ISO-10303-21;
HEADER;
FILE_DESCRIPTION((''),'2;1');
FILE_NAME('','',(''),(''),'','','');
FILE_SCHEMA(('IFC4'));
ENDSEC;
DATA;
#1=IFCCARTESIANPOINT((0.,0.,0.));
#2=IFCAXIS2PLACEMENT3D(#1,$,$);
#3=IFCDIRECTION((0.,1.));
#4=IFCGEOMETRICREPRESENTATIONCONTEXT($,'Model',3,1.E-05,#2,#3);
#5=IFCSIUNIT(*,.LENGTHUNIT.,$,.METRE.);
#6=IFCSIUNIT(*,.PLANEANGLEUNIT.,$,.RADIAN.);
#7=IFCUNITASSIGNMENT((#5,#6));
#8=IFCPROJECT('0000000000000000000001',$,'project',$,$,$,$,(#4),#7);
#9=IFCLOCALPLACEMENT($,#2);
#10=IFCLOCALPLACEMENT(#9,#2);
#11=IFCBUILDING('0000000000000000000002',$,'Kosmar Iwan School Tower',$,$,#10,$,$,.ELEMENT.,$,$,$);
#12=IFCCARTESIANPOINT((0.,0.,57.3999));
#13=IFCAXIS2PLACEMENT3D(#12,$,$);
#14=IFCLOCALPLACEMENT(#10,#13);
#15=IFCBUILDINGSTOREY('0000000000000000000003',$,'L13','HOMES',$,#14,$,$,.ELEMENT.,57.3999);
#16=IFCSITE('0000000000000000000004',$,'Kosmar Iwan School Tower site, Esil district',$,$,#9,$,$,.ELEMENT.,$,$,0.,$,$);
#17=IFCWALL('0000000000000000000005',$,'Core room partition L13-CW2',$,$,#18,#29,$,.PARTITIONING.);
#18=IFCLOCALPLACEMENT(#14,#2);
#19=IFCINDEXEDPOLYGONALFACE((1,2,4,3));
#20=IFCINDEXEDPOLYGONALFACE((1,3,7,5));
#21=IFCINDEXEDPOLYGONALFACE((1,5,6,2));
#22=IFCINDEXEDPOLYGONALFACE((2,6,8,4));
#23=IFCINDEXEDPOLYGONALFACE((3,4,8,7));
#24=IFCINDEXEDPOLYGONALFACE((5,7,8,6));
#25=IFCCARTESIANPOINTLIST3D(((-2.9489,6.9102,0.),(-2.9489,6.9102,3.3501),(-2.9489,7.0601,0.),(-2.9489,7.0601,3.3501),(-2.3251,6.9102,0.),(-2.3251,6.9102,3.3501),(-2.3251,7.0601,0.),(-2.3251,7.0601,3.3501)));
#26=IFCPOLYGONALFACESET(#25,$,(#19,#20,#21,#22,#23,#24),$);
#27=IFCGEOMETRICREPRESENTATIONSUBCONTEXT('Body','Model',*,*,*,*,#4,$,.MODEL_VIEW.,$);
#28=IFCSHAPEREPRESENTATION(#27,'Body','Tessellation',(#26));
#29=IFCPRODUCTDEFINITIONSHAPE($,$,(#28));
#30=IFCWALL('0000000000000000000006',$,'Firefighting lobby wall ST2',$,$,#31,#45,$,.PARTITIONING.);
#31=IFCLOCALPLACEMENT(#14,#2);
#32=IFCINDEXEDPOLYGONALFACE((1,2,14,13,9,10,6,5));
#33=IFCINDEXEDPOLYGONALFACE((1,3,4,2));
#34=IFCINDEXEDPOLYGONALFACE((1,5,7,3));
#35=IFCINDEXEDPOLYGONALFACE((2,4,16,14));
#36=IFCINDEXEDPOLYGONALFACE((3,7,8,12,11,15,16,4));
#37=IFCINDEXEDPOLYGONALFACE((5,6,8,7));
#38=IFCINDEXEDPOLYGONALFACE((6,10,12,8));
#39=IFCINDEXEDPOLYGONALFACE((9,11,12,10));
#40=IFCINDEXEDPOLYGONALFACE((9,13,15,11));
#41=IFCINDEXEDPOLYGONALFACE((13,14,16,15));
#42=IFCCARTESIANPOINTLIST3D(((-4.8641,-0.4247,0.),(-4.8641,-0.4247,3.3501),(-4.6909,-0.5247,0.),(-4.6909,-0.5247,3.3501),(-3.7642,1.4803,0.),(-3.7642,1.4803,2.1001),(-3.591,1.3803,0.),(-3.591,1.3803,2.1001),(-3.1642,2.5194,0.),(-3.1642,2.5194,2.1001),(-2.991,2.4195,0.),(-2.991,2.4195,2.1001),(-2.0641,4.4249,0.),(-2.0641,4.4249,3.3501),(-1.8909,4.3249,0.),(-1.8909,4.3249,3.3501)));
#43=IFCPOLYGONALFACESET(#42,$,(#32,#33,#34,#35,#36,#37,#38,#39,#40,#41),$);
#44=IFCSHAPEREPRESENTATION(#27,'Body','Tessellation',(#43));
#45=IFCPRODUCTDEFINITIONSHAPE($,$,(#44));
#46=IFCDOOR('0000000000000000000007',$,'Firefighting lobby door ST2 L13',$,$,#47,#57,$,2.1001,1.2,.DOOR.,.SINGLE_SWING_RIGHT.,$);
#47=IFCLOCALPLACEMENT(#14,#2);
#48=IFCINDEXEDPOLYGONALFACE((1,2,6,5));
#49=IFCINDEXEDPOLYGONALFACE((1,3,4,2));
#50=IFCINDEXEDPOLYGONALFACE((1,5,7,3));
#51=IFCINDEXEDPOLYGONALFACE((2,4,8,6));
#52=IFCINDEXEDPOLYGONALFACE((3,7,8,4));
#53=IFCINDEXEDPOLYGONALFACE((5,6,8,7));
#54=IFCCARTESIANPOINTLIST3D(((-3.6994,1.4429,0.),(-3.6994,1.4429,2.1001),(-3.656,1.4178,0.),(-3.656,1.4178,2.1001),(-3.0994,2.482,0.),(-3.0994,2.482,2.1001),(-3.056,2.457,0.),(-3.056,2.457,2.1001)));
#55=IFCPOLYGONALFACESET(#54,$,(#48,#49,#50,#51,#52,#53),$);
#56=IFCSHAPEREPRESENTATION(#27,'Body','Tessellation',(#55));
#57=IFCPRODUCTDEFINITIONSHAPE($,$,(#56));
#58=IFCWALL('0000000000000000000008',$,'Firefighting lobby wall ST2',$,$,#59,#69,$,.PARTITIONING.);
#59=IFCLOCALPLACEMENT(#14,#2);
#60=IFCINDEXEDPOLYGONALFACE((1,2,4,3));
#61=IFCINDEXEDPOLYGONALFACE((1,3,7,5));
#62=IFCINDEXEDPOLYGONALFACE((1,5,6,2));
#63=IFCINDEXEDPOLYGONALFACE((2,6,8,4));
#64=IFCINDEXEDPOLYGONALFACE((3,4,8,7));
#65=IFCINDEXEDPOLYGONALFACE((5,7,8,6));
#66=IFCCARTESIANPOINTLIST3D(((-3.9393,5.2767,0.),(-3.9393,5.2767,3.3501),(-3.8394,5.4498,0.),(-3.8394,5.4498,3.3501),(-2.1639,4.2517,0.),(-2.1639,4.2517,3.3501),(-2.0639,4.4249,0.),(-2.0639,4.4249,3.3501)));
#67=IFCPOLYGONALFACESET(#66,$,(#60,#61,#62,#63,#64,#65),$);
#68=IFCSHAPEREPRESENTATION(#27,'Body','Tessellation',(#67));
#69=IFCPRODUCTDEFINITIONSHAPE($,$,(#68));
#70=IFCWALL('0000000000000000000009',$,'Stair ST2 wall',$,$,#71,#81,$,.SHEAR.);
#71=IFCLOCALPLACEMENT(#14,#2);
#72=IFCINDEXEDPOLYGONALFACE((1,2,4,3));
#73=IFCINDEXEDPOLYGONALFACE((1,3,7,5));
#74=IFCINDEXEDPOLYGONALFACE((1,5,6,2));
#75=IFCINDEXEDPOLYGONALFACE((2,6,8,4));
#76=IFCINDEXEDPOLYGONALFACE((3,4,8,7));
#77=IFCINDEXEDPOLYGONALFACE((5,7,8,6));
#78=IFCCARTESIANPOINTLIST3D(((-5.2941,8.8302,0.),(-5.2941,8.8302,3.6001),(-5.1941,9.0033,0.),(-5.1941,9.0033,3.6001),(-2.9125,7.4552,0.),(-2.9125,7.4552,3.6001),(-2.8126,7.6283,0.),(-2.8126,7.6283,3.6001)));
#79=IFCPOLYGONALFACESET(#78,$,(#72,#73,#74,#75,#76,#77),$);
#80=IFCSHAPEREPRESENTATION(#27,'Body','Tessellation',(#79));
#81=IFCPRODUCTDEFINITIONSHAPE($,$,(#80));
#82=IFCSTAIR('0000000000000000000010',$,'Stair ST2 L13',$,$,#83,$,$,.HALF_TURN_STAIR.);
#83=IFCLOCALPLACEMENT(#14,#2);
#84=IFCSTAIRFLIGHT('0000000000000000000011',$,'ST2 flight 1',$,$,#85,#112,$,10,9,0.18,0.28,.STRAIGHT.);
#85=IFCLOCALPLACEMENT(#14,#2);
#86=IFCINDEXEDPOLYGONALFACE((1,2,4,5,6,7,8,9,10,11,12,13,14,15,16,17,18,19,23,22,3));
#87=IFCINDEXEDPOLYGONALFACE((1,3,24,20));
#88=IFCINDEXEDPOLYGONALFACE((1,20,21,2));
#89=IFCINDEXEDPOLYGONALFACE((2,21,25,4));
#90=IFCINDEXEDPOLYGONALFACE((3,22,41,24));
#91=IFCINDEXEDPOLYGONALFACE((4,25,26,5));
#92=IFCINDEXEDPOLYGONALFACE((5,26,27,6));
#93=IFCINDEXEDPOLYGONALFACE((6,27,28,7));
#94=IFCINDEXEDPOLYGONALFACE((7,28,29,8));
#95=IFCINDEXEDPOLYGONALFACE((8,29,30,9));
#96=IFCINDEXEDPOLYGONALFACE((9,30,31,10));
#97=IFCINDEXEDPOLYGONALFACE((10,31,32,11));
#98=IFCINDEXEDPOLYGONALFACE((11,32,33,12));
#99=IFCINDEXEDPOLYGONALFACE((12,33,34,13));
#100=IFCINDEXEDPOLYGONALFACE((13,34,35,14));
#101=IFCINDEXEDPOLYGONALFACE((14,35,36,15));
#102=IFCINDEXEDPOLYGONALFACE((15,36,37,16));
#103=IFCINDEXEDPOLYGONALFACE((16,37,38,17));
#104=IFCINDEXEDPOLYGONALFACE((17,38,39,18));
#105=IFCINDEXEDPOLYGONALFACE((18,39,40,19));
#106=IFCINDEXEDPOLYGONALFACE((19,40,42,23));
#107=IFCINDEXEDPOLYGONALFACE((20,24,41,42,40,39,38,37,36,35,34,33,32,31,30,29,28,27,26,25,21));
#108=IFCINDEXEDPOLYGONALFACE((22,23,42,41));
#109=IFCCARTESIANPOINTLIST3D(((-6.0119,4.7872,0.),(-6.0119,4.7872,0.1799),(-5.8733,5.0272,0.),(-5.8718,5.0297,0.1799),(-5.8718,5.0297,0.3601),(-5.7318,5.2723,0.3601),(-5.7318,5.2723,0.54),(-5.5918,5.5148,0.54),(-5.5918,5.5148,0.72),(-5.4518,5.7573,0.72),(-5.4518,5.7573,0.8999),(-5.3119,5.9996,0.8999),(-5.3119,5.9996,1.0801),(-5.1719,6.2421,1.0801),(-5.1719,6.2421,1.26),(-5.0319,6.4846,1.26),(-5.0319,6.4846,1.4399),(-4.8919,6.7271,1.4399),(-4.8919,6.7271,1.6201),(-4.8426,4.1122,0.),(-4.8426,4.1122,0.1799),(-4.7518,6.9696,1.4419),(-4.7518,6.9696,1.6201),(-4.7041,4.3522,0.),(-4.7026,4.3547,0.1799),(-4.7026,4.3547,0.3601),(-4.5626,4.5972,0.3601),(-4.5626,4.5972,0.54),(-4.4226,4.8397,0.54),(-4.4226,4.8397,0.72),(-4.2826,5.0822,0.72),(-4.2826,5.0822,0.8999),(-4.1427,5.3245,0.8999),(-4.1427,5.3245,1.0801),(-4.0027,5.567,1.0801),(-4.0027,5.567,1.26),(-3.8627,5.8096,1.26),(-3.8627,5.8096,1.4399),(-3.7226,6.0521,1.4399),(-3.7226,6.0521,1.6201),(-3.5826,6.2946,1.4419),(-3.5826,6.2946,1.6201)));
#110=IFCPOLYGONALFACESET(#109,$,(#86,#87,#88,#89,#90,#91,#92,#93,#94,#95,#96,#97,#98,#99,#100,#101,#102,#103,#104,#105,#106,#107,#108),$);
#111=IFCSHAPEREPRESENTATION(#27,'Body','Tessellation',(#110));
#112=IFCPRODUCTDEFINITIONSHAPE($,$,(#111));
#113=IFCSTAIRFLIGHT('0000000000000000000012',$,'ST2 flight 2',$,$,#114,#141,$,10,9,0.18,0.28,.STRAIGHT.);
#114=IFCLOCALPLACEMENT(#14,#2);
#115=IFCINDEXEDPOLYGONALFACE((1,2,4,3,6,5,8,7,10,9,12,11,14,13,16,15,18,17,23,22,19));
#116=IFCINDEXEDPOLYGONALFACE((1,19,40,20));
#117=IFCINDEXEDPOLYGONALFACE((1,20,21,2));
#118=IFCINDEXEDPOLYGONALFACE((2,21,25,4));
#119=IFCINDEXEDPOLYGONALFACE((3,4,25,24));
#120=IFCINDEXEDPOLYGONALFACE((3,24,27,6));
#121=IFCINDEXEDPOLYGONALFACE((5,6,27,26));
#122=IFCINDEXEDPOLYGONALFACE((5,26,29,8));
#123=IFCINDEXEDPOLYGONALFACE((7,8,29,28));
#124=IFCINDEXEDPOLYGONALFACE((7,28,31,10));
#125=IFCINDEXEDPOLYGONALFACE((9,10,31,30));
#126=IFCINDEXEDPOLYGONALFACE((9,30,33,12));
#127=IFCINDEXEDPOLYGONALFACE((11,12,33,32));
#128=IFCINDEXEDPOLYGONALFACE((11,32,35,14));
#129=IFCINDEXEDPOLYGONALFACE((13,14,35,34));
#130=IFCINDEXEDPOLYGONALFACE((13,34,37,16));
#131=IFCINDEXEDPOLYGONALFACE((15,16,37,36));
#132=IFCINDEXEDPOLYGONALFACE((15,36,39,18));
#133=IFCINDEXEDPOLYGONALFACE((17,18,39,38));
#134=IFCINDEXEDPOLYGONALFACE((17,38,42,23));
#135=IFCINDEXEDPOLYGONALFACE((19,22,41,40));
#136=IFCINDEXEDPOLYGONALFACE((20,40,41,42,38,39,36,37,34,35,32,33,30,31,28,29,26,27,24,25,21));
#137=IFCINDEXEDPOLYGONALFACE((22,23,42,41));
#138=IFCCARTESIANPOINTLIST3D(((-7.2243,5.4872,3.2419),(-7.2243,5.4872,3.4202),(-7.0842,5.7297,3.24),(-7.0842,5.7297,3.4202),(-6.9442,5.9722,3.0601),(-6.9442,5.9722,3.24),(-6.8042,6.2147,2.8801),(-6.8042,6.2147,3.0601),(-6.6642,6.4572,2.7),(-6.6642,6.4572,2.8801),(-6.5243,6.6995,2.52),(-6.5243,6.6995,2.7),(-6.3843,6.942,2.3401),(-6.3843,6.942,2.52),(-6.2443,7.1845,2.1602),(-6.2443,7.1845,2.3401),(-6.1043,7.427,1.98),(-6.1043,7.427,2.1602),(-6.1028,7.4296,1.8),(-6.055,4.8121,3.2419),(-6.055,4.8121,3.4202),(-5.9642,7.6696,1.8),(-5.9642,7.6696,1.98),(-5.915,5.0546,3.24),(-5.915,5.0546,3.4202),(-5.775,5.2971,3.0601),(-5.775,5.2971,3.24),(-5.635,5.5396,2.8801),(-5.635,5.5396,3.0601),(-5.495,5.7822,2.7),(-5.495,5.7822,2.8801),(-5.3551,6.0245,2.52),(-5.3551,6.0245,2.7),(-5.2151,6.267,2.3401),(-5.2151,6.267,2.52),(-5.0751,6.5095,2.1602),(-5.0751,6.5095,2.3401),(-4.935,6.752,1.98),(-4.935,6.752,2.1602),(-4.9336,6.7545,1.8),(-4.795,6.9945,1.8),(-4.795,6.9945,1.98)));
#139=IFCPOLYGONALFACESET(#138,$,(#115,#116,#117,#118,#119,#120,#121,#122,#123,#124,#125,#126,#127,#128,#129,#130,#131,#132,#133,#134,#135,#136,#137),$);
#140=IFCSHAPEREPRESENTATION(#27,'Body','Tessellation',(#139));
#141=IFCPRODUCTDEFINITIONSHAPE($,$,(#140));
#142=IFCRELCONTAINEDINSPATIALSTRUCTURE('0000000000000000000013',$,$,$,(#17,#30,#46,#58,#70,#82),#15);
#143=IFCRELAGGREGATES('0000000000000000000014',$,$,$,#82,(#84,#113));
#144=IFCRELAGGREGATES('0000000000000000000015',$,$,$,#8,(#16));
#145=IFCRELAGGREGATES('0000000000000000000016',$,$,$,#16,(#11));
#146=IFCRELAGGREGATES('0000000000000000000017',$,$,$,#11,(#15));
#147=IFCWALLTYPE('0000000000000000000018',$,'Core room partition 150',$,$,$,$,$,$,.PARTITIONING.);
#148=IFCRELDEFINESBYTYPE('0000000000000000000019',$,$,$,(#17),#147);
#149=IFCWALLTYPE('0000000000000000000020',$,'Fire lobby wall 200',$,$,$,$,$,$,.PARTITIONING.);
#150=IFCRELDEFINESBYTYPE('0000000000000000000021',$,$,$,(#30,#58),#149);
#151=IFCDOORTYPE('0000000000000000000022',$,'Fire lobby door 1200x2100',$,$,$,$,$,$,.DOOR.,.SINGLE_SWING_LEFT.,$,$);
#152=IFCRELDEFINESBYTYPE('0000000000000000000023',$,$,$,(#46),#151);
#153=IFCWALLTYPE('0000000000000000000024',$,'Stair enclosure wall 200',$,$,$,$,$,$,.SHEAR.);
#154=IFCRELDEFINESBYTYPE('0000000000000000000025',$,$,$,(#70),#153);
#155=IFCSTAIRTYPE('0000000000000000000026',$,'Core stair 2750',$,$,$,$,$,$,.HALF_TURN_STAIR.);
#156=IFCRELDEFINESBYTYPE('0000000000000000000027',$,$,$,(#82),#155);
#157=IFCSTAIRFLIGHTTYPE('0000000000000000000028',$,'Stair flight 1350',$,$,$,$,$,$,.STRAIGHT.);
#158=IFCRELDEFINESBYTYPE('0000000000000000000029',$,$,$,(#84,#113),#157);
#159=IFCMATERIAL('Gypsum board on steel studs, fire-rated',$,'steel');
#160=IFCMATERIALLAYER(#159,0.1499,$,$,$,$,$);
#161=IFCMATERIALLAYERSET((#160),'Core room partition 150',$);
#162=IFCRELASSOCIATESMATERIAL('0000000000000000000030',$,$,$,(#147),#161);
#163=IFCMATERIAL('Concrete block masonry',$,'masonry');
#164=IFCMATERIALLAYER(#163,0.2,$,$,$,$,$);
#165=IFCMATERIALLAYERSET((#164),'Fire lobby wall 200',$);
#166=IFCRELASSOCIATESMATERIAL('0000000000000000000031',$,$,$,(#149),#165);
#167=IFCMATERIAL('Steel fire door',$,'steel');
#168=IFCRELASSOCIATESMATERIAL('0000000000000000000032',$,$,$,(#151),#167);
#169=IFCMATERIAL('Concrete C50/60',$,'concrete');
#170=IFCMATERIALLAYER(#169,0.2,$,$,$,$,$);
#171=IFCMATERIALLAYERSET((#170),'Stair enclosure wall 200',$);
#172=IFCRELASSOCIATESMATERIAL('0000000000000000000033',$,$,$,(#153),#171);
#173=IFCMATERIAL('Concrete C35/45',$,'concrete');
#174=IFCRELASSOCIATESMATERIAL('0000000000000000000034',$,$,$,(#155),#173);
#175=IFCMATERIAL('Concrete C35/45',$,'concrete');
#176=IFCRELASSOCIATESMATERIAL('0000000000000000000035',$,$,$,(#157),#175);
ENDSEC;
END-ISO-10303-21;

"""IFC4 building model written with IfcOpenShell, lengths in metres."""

from ifc_helpers import new_model, si_unit, direction, frame, frame_2d, origin, place, context, subcontext, project, spatial, polyline, rectangle, outline, extrude, material, layer, layer_set, type_object, element, fill, aggregate, save


model = new_model("IFC4")

# Units and contexts
model_context = context("Model", 3, precision=1e-05, world=origin(), true_north=direction((0.0, 1.0)))
body_context = subcontext(model_context, "Body", "Model", "MODEL_VIEW")
ifc_project = project(units=[si_unit("LENGTHUNIT", "METRE"), si_unit("PLANEANGLEUNIT", "RADIAN")], contexts=[model_context])

# Site, building, storey
site_placement = place(None, origin())
site = spatial("IfcSite", under=ifc_project, at=site_placement, Name="Kosmar Iwan School Tower site, Esil district", CompositionType="ELEMENT", RefElevation=0.0)
building_placement = place(site_placement, origin())
building = spatial("IfcBuilding", under=site, at=building_placement, Name="Kosmar Iwan School Tower", CompositionType="ELEMENT")
storey_placement = place(building_placement, frame((0.0, 0.0, 57.3999)))
storey = spatial("IfcBuildingStorey", under=building, at=storey_placement, Name="L13", Description="HOMES", CompositionType="ELEMENT", Elevation=57.3999)

# Wall
ifc_material_1 = material(Name="Gypsum board on steel studs, fire-rated", Category="steel")
ifc_layer_1 = layer(ifc_material_1, 0.1499)
ifc_layer_set_1 = layer_set([ifc_layer_1], Name="Core room partition 150")
wall_type_1 = type_object("IfcWallType", Name="Core room partition 150", PredefinedType="PARTITIONING", material=ifc_layer_set_1)
wall_1_placement = place(storey_placement, frame((-2.325, 6.9851, 0.0), z_axis=(0.0, 0.0, 1.0), x_axis=(-1.0, 0.0, 0.0)))
element("IfcWall", 1, at=wall_1_placement, inside=storey, type_object=wall_type_1, Name="Core room partition L13-CW2", PredefinedType="PARTITIONING", context=body_context, shape_type="SweptSolid", body=[
    extrude(rectangle(XDim=0.6238, YDim=0.1499, at=frame_2d((0.312, 0.0))), origin(), (0.0, 0.0, 1.0), 3.3501),
])

# Wall, opening, door
ifc_material_2 = material(Name="Concrete block masonry", Category="masonry")
ifc_layer_2 = layer(ifc_material_2, 0.2)
ifc_layer_set_2 = layer_set([ifc_layer_2], Name="Fire lobby wall 200")
wall_type_2 = type_object("IfcWallType", Name="Fire lobby wall 200", PredefinedType="PARTITIONING", material=ifc_layer_set_2)
wall_2_placement = place(storey_placement, frame((-1.9775, 4.3748, 0.0), z_axis=(0.0, 0.0, 1.0), x_axis=(-0.500017, -0.866016, 0.0)))
wall_2 = element("IfcWall", 2, at=wall_2_placement, inside=storey, type_object=wall_type_2, Name="Firefighting lobby wall ST2", PredefinedType="PARTITIONING", context=body_context, shape_type="SweptSolid", body=[
    extrude(rectangle(XDim=5.5999, YDim=0.2, at=frame_2d((2.7998, 0.0))), origin(), (0.0, 0.0, 1.0), 3.3501),
])
opening_placement = place(wall_2_placement, frame((2.2, 0.0, 0.0)))
opening = element("IfcOpeningElement", 3, at=opening_placement, cuts=wall_2, PredefinedType="OPENING", context=body_context, shape_type="SweptSolid", body=[
    extrude(rectangle(XDim=1.2, YDim=2.1001, at=frame_2d((0.6001, 1.05))), frame((0.0, 0.1121, 0.0), z_axis=(0.0, -1.0, 0.0), x_axis=(1.0, 0.0, 0.0)), (0.0, 0.0, 1.0), 0.2239),
])
ifc_material_3 = material(Name="Steel fire door", Category="steel")
door_type = type_object("IfcDoorType", Name="Fire lobby door 1200x2100", OperationType="SINGLE_SWING_LEFT", PredefinedType="DOOR", material=ifc_material_3)
door_placement = place(opening_placement, origin())
door = element("IfcDoor", 4, at=door_placement, inside=storey, type_object=door_type, Name="Firefighting lobby door ST2 L13", OperationType="SINGLE_SWING_RIGHT", OverallHeight=2.1001, OverallWidth=1.2, PredefinedType="DOOR", context=body_context, shape_type="SweptSolid", body=[
    extrude(rectangle(XDim=1.2, YDim=2.1001, at=frame_2d((0.6001, 1.05))), frame((0.0, 0.0249, 0.0), z_axis=(0.0, -1.0, 0.0), x_axis=(1.0, 0.0, 0.0)), (0.0, 0.0, 1.0), 0.05),
])
fill(opening, door)

# Walls
wall_3_placement = place(storey_placement, frame((-2.114, 4.3384, 0.0), z_axis=(0.0, 0.0, 1.0), x_axis=(-0.866051, 0.499956, 0.0)))
element("IfcWall", 5, at=wall_3_placement, inside=storey, type_object=wall_type_2, Name="Firefighting lobby wall ST2", PredefinedType="PARTITIONING", context=body_context, shape_type="SweptSolid", body=[
    extrude(rectangle(XDim=2.05, YDim=0.2, at=frame_2d((1.0249, 0.0))), origin(), (0.0, 0.0, 1.0), 3.3501),
])
ifc_material_4 = material(Name="Concrete C50/60", Category="concrete")
ifc_layer_3 = layer(ifc_material_4, 0.2)
ifc_layer_set_3 = layer_set([ifc_layer_3], Name="Stair enclosure wall 200")
wall_type_3 = type_object("IfcWallType", Name="Stair enclosure wall 200", PredefinedType="SHEAR", material=ifc_layer_set_3)
wall_4_placement = place(storey_placement, frame((-2.8625, 7.5417, 0.0), z_axis=(0.0, 0.0, 1.0), x_axis=(-0.866027, 0.499997, 0.0)))
element("IfcWall", 6, at=wall_4_placement, inside=storey, type_object=wall_type_3, Name="Stair ST2 wall", PredefinedType="SHEAR", context=body_context, shape_type="SweptSolid", body=[
    extrude(rectangle(XDim=2.75, YDim=0.2, at=frame_2d((1.375, 0.0))), origin(), (0.0, 0.0, 1.0), 3.6001),
])

# Stair, stair flights
ifc_material_5 = material(Name="Concrete C35/45", Category="concrete")
stair_type = type_object("IfcStairType", Name="Core stair 2750", PredefinedType="HALF_TURN_STAIR", material=ifc_material_5)
stair_placement = place(storey_placement, origin())
stair = element("IfcStair", 7, at=stair_placement, inside=storey, type_object=stair_type, Name="Stair ST2 L13", PredefinedType="HALF_TURN_STAIR")
ifc_material_6 = material(Name="Concrete C35/45", Category="concrete")
stair_flight_type = type_object("IfcStairFlightType", Name="Stair flight 1350", PredefinedType="STRAIGHT", material=ifc_material_6)
stair_flight_1_placement = place(storey_placement, frame((-5.4272, 4.4497, 0.0), z_axis=(0.0, 0.0, 1.0), x_axis=(0.5, 0.866025, 0.0)))
stair_flight_1 = element("IfcStairFlight", 8, at=stair_flight_1_placement, type_object=stair_flight_type, Name="ST2 flight 1", NumberOfRisers=10, NumberOfTreads=9, PredefinedType="STRAIGHT", RiserHeight=0.18, TreadLength=0.28, context=body_context, shape_type="SweptSolid", body=[
    extrude(outline(polyline([(0.0, 0.0), (0.0, 0.1799), (0.28, 0.1799), (0.28, 0.3601), (0.5601, 0.3601), (0.5601, 0.54), (0.8401, 0.54), (0.8401, 0.72), (1.1201, 0.72), (1.1201, 0.8999), (1.3999, 0.8999), (1.3999, 1.0801), (1.6799, 1.0801), (1.6799, 1.26), (1.96, 1.26), (1.96, 1.4399), (2.24, 1.4399), (2.24, 1.6201), (2.52, 1.6201), (2.52, 1.8), (2.52, 1.4419), (0.2771, 0.0), (0.0, 0.0)])), frame((0.0, 0.675, 0.0), z_axis=(0.0, -1.0, 0.0), x_axis=(1.0, 0.0, 0.0)), (0.0, 0.0, 1.0), 1.3501),
])
stair_flight_2_placement = place(storey_placement, frame((-5.3796, 7.332, 1.8), z_axis=(0.0, 0.0, 1.0), x_axis=(-0.5, -0.866025, 0.0)))
stair_flight_2 = element("IfcStairFlight", 9, at=stair_flight_2_placement, type_object=stair_flight_type, Name="ST2 flight 2", NumberOfRisers=10, NumberOfTreads=9, PredefinedType="STRAIGHT", RiserHeight=0.18, TreadLength=0.28, context=body_context, shape_type="SweptSolid", body=[
    extrude(outline(polyline([(0.0, 0.0), (0.0, 0.1799), (0.28, 0.1799), (0.28, 0.3601), (0.5601, 0.3601), (0.5601, 0.54), (0.8401, 0.54), (0.8401, 0.72), (1.1201, 0.72), (1.1201, 0.8999), (1.3999, 0.8999), (1.3999, 1.0801), (1.6799, 1.0801), (1.6799, 1.26), (1.96, 1.26), (1.96, 1.4399), (2.24, 1.4399), (2.24, 1.6201), (2.52, 1.6201), (2.52, 1.8), (2.52, 1.4419), (0.2771, 0.0), (0.0, 0.0)])), frame((0.0, 0.675, 0.0), z_axis=(0.0, -1.0, 0.0), x_axis=(1.0, 0.0, 0.0)), (0.0, 0.0, 1.0), 1.3501),
])
aggregate(stair, [stair_flight_1, stair_flight_2])

save(model, "model.ifc")
